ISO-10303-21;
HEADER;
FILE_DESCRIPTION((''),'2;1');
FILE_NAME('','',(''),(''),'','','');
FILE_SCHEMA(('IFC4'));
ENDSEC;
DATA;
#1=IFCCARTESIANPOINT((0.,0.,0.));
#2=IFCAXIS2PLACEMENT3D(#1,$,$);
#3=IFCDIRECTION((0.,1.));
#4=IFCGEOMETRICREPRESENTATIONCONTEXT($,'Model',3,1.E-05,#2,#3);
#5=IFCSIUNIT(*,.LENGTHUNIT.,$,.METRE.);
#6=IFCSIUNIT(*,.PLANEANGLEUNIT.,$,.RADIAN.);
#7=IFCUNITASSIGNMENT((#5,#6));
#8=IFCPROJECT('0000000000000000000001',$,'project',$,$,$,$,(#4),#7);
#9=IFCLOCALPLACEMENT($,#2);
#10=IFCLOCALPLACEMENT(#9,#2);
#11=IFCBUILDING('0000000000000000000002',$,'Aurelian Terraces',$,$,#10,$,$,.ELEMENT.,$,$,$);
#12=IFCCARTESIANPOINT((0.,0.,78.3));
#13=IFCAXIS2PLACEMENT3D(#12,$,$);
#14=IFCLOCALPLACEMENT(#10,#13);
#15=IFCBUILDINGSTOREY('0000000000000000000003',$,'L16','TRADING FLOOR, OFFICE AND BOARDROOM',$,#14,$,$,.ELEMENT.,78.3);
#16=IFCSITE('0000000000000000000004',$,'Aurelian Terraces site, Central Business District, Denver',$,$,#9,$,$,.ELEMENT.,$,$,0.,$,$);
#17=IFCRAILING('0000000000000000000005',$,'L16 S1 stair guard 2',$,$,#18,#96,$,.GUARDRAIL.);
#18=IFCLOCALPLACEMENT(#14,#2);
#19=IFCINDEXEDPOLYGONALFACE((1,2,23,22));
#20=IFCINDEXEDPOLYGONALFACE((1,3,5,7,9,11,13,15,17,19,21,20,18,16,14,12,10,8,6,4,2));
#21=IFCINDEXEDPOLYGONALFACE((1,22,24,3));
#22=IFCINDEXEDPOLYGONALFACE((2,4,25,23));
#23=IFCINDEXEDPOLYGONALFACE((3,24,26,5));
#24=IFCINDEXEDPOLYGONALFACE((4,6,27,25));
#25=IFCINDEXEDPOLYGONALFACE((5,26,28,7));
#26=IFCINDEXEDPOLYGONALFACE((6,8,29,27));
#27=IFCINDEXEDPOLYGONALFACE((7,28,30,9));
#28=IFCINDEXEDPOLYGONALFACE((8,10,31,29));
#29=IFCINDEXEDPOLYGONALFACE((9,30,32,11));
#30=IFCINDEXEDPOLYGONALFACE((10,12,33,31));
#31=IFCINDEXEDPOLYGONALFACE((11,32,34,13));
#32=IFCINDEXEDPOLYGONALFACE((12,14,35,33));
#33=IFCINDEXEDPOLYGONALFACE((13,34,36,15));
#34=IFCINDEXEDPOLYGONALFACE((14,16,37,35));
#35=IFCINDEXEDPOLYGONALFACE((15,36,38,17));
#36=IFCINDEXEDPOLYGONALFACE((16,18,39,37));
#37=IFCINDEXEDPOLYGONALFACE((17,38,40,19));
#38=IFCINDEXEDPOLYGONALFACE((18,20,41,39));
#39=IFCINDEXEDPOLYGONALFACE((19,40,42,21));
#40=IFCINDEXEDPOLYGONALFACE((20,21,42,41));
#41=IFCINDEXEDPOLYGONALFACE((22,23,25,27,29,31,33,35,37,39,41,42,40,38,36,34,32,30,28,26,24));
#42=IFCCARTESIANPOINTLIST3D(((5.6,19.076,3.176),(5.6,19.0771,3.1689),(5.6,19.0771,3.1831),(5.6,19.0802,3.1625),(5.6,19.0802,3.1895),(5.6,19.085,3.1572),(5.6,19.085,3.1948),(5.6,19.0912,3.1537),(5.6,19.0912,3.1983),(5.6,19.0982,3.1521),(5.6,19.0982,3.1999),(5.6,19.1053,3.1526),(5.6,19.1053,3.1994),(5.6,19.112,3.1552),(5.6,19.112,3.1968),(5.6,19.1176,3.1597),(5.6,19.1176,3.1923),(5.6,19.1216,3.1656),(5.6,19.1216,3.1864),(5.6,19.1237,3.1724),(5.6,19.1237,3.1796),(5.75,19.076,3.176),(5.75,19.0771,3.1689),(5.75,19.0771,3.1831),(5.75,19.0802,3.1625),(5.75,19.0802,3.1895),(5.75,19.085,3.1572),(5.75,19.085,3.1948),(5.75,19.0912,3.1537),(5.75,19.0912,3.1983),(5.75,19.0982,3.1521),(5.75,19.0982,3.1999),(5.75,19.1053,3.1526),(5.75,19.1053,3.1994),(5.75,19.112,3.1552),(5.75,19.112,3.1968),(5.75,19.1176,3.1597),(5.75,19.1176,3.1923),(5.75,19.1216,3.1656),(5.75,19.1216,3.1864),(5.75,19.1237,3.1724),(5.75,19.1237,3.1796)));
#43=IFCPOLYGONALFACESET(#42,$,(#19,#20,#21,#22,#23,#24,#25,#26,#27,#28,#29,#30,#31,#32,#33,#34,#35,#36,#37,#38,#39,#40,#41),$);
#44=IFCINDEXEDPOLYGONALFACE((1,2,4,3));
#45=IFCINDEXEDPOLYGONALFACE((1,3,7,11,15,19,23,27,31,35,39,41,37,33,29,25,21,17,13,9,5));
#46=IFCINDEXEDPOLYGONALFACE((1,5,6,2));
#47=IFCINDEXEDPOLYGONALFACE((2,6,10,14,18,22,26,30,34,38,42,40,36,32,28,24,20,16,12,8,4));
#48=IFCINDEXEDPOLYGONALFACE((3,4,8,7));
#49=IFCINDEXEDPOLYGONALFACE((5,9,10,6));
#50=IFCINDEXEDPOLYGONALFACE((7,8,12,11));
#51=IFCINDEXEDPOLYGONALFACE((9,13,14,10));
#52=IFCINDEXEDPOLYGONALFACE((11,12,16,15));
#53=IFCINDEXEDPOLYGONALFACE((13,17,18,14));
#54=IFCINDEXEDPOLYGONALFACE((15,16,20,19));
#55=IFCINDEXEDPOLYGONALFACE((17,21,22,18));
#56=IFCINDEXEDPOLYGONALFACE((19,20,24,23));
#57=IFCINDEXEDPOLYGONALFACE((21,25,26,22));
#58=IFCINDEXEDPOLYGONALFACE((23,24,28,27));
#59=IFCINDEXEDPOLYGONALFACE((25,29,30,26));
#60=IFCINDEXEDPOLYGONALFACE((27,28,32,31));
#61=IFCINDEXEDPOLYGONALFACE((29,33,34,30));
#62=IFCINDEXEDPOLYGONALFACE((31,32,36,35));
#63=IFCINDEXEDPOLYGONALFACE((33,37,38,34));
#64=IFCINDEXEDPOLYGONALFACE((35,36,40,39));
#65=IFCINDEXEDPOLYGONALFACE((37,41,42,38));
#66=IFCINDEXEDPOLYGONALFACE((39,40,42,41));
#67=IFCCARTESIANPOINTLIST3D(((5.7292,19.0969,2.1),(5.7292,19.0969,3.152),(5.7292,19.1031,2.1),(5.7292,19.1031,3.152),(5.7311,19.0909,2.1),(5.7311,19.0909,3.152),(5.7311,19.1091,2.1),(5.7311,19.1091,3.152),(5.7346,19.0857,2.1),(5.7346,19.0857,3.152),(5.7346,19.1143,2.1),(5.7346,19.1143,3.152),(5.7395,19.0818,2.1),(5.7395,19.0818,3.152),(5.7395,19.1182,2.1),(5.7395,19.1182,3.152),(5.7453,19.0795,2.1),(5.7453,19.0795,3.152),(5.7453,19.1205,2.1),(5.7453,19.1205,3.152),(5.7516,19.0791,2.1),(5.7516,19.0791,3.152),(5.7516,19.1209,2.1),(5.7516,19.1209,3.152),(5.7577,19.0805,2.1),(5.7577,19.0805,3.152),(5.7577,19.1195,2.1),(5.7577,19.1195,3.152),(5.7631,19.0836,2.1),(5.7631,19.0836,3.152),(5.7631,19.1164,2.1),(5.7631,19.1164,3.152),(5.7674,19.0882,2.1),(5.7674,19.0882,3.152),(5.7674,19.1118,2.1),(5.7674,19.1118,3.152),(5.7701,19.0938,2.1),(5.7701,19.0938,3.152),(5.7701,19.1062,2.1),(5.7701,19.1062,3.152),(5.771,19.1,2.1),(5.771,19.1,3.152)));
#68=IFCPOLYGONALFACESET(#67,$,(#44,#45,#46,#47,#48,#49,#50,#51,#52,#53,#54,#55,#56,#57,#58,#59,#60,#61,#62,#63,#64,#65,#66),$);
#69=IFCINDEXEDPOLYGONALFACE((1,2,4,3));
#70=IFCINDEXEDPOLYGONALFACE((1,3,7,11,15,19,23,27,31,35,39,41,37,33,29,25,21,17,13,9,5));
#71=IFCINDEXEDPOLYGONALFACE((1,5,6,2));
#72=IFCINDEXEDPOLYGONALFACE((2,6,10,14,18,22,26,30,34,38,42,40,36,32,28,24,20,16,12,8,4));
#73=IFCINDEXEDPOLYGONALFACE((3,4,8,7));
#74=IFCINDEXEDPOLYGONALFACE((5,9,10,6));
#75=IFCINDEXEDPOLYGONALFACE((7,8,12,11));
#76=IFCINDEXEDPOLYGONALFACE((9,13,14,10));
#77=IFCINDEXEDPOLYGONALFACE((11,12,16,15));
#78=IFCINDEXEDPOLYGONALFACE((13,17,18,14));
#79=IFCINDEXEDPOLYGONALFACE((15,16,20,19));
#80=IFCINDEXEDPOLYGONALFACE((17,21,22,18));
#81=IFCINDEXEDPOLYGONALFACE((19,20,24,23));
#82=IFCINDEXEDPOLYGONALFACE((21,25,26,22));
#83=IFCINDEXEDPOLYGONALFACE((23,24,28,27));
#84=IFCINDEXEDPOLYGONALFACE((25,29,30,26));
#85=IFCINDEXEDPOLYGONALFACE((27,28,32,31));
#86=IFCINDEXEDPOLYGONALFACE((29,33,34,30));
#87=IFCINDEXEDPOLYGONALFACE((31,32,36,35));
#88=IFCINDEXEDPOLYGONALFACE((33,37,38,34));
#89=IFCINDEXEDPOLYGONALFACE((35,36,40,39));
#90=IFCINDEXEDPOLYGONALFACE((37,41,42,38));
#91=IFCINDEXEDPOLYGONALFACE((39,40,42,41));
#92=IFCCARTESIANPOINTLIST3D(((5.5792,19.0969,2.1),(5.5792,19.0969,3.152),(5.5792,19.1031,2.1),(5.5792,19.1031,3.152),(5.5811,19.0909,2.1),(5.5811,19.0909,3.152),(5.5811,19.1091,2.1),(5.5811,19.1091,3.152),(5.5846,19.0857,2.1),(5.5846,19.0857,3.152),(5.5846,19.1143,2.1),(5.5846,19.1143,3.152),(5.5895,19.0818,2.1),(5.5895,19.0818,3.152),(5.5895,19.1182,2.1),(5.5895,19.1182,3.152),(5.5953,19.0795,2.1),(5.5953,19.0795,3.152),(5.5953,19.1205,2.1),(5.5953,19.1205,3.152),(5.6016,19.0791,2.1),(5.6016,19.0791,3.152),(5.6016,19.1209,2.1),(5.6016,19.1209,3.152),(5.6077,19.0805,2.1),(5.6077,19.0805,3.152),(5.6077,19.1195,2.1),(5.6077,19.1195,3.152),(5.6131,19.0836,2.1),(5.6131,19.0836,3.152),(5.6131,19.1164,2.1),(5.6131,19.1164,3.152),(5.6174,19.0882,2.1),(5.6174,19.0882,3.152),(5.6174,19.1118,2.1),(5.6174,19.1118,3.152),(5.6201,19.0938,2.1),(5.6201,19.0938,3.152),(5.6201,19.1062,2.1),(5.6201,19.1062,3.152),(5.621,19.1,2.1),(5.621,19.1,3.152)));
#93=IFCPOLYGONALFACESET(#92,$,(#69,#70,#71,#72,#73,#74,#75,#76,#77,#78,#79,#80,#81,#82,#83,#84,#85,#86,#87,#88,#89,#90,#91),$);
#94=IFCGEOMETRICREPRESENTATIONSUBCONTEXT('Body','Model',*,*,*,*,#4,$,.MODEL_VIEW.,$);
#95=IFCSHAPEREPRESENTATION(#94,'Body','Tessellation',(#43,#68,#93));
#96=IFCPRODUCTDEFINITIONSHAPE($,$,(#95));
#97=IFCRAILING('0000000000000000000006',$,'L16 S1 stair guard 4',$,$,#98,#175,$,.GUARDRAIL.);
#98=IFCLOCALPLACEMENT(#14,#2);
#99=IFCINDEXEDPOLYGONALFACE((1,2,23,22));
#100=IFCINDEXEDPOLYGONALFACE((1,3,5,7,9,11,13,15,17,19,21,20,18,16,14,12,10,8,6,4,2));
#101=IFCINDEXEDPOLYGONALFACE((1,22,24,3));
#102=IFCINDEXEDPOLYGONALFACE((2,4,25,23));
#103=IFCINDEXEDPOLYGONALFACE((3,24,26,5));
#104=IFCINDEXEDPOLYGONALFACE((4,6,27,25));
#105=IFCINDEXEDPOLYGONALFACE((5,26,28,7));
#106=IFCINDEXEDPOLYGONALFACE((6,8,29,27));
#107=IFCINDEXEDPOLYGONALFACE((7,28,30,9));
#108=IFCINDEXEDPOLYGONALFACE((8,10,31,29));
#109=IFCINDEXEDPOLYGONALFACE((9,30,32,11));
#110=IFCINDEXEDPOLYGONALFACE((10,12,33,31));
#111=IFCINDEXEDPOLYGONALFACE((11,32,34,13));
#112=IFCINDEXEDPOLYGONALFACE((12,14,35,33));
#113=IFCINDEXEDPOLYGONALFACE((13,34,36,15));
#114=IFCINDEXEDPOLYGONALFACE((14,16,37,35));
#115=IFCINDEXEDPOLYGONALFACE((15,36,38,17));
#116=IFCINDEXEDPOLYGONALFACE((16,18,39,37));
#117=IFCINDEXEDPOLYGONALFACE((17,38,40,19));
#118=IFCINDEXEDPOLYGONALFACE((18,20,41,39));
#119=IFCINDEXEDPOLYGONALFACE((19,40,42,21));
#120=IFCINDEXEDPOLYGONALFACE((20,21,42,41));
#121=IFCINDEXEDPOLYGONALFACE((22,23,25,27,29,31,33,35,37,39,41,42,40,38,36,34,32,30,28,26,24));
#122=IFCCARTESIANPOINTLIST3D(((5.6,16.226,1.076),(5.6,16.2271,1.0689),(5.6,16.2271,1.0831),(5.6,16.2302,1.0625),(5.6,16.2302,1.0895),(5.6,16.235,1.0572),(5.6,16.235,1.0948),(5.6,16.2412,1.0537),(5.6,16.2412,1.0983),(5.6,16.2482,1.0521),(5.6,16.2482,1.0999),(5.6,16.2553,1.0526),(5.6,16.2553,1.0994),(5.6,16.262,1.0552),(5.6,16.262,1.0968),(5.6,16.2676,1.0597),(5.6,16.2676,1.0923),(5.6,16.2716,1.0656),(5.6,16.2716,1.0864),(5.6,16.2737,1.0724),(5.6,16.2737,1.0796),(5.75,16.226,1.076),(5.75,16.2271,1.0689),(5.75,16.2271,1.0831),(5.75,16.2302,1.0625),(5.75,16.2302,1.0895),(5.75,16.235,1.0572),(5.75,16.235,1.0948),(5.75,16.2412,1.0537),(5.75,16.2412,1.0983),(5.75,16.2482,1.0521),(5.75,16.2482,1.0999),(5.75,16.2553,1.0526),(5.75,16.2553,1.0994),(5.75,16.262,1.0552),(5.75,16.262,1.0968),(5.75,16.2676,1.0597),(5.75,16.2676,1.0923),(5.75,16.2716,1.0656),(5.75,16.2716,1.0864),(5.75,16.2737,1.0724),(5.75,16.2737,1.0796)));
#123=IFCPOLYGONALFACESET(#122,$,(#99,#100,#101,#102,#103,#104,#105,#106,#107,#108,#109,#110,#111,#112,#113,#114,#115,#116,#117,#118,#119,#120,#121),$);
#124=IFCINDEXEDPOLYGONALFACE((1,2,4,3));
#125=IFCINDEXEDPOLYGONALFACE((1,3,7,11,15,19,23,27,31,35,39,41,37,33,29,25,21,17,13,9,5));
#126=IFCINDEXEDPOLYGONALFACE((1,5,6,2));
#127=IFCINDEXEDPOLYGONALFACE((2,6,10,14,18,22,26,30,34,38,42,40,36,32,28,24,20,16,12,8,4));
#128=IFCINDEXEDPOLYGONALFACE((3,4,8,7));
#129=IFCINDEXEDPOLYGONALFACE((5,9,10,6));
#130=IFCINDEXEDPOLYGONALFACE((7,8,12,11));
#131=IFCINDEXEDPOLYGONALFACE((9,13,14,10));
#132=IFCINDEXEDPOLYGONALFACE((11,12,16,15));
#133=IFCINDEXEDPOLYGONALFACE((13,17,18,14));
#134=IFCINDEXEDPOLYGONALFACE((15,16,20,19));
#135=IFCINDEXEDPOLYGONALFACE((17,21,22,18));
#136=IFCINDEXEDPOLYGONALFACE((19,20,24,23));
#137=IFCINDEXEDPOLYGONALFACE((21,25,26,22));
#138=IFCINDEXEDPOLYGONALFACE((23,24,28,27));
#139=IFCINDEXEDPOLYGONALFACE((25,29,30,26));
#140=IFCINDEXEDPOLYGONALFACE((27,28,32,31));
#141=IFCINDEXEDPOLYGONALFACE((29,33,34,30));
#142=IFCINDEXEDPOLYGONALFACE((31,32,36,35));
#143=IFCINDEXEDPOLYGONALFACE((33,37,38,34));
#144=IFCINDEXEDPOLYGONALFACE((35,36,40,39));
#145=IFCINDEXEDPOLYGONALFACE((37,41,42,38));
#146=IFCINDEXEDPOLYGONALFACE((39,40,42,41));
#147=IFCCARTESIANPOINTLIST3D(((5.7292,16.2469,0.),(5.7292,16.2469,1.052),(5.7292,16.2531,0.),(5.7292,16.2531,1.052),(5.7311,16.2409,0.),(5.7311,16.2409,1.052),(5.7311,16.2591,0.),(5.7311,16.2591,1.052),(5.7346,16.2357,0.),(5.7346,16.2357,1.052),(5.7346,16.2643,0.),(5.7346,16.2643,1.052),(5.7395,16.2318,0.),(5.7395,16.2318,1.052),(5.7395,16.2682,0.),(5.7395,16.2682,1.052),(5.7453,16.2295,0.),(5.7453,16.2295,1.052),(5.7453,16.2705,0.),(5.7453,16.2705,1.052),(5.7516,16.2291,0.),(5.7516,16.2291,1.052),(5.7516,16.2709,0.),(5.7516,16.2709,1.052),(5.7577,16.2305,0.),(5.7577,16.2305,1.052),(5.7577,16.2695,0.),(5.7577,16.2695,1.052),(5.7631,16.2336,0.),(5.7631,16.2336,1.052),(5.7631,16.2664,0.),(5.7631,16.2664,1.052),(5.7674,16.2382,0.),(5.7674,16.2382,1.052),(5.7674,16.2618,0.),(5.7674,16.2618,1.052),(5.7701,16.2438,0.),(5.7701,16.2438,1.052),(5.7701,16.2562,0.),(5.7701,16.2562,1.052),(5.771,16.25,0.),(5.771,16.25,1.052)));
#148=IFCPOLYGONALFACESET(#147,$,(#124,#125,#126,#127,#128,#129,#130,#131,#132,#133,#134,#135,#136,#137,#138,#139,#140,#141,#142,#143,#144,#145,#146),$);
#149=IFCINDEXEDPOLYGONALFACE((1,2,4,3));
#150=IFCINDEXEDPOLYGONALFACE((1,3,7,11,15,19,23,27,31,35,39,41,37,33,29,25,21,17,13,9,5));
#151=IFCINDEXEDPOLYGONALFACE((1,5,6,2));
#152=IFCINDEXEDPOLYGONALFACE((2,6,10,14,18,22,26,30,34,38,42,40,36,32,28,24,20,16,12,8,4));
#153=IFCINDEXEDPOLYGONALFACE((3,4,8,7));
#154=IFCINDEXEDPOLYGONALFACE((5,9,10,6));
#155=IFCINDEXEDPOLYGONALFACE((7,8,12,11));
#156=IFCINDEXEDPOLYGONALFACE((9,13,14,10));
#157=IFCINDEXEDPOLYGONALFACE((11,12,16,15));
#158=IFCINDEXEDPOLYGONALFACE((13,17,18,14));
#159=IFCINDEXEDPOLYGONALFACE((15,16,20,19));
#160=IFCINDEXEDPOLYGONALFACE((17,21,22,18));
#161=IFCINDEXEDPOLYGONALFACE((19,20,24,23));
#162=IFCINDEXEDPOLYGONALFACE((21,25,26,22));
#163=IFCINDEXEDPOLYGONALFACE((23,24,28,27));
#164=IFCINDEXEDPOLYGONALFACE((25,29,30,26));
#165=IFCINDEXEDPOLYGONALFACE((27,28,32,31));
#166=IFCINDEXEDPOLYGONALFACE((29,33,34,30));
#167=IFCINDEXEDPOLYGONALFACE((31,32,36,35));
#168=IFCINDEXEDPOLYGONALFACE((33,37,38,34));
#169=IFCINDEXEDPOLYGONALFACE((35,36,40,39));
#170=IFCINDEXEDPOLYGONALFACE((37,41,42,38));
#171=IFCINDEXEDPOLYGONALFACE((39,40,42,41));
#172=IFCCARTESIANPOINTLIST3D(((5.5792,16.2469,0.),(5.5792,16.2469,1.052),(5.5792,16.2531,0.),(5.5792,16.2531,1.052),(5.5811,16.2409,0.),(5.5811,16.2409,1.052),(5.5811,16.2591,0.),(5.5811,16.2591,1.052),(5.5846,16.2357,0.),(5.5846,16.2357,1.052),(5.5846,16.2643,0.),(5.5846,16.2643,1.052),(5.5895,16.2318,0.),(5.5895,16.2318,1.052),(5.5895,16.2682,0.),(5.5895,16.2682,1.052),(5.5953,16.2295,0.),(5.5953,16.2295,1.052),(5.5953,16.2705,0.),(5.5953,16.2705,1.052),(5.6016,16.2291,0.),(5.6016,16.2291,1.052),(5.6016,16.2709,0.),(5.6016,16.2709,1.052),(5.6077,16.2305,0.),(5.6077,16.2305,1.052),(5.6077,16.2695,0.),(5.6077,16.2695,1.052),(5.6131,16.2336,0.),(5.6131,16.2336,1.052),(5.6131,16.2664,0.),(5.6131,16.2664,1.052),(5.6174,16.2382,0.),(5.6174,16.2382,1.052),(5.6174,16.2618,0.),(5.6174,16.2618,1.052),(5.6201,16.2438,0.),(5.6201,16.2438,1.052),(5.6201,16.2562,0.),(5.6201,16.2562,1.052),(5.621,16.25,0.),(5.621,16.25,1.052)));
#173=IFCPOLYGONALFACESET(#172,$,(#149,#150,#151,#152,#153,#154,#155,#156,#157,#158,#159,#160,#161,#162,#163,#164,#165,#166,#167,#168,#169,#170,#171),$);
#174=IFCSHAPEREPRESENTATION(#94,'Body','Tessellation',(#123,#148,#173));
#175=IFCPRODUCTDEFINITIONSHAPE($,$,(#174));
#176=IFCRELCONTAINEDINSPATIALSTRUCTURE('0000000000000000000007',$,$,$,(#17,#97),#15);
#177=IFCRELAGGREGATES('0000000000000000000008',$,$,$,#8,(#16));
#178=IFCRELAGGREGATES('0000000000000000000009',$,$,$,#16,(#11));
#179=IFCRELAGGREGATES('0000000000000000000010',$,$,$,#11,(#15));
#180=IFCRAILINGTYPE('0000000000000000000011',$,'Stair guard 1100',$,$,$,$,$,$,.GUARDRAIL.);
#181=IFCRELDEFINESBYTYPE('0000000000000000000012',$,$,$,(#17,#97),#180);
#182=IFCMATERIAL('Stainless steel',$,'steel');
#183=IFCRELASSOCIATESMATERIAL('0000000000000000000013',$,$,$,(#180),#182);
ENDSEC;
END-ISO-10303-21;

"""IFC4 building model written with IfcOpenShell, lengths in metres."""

from ifc_helpers import new_model, si_unit, direction, frame, origin, origin_2d, place, context, subcontext, project, spatial, circle, extrude, source, transform, mapped, material, type_object, element, save


model = new_model("IFC4")

# Units and contexts
model_context = context("Model", 3, precision=1e-05, world=origin(), true_north=direction((0.0, 1.0)))
body_context = subcontext(model_context, "Body", "Model", "MODEL_VIEW")
ifc_project = project(units=[si_unit("LENGTHUNIT", "METRE"), si_unit("PLANEANGLEUNIT", "RADIAN")], contexts=[model_context])

# Site, building, storey
site_placement = place(None, origin())
site = spatial("IfcSite", under=ifc_project, at=site_placement, Name="Aurelian Terraces site, Central Business District, Denver", CompositionType="ELEMENT", RefElevation=0.0)
building_placement = place(site_placement, origin())
building = spatial("IfcBuilding", under=site, at=building_placement, Name="Aurelian Terraces", CompositionType="ELEMENT")
storey_placement = place(building_placement, frame((0.0, 0.0, 78.3)))
storey = spatial("IfcBuildingStorey", under=building, at=storey_placement, Name="L16", Description="TRADING FLOOR, OFFICE AND BOARDROOM", CompositionType="ELEMENT", Elevation=78.3)

# Railings
ifc_material_1 = material(Name="Stainless steel", Category="steel")
railing_type_1 = type_object("IfcRailingType", Name="Stair guard 1100", PredefinedType="GUARDRAIL", material=ifc_material_1)
shared_shape_1 = source(origin(), body_context, "Body", "SweptSolid", [
    extrude(circle(Radius=0.024, at=origin_2d()), frame((0.0, 0.0, 1.076), z_axis=(-1.0, 0.0, 0.0), x_axis=(0.0, -1.0, 0.0)), (0.0, 0.0, 1.0), 0.15),
    extrude(circle(Radius=0.021, at=origin_2d()), origin(), (0.0, 0.0, 1.0), 1.052),
    extrude(circle(Radius=0.021, at=origin_2d()), frame((-0.15, 0.0, 0.0)), (0.0, 0.0, 1.0), 1.052),
])
for number, where, name in (
    (1, (5.75, 19.1, 2.1), "L16 S1 stair guard 2"),
    (2, (5.75, 16.25, 0.0), "L16 S1 stair guard 4"),
):
    element("IfcRailing", number, at=place(storey_placement, frame(where)), inside=storey, type_object=railing_type_1, Name=name, PredefinedType="GUARDRAIL", context=body_context, shape_type="MappedRepresentation", body=[
        mapped(shared_shape_1, transform((0.0, 0.0, 0.0), scale=1.0)),
    ])

save(model, "model.ifc")
